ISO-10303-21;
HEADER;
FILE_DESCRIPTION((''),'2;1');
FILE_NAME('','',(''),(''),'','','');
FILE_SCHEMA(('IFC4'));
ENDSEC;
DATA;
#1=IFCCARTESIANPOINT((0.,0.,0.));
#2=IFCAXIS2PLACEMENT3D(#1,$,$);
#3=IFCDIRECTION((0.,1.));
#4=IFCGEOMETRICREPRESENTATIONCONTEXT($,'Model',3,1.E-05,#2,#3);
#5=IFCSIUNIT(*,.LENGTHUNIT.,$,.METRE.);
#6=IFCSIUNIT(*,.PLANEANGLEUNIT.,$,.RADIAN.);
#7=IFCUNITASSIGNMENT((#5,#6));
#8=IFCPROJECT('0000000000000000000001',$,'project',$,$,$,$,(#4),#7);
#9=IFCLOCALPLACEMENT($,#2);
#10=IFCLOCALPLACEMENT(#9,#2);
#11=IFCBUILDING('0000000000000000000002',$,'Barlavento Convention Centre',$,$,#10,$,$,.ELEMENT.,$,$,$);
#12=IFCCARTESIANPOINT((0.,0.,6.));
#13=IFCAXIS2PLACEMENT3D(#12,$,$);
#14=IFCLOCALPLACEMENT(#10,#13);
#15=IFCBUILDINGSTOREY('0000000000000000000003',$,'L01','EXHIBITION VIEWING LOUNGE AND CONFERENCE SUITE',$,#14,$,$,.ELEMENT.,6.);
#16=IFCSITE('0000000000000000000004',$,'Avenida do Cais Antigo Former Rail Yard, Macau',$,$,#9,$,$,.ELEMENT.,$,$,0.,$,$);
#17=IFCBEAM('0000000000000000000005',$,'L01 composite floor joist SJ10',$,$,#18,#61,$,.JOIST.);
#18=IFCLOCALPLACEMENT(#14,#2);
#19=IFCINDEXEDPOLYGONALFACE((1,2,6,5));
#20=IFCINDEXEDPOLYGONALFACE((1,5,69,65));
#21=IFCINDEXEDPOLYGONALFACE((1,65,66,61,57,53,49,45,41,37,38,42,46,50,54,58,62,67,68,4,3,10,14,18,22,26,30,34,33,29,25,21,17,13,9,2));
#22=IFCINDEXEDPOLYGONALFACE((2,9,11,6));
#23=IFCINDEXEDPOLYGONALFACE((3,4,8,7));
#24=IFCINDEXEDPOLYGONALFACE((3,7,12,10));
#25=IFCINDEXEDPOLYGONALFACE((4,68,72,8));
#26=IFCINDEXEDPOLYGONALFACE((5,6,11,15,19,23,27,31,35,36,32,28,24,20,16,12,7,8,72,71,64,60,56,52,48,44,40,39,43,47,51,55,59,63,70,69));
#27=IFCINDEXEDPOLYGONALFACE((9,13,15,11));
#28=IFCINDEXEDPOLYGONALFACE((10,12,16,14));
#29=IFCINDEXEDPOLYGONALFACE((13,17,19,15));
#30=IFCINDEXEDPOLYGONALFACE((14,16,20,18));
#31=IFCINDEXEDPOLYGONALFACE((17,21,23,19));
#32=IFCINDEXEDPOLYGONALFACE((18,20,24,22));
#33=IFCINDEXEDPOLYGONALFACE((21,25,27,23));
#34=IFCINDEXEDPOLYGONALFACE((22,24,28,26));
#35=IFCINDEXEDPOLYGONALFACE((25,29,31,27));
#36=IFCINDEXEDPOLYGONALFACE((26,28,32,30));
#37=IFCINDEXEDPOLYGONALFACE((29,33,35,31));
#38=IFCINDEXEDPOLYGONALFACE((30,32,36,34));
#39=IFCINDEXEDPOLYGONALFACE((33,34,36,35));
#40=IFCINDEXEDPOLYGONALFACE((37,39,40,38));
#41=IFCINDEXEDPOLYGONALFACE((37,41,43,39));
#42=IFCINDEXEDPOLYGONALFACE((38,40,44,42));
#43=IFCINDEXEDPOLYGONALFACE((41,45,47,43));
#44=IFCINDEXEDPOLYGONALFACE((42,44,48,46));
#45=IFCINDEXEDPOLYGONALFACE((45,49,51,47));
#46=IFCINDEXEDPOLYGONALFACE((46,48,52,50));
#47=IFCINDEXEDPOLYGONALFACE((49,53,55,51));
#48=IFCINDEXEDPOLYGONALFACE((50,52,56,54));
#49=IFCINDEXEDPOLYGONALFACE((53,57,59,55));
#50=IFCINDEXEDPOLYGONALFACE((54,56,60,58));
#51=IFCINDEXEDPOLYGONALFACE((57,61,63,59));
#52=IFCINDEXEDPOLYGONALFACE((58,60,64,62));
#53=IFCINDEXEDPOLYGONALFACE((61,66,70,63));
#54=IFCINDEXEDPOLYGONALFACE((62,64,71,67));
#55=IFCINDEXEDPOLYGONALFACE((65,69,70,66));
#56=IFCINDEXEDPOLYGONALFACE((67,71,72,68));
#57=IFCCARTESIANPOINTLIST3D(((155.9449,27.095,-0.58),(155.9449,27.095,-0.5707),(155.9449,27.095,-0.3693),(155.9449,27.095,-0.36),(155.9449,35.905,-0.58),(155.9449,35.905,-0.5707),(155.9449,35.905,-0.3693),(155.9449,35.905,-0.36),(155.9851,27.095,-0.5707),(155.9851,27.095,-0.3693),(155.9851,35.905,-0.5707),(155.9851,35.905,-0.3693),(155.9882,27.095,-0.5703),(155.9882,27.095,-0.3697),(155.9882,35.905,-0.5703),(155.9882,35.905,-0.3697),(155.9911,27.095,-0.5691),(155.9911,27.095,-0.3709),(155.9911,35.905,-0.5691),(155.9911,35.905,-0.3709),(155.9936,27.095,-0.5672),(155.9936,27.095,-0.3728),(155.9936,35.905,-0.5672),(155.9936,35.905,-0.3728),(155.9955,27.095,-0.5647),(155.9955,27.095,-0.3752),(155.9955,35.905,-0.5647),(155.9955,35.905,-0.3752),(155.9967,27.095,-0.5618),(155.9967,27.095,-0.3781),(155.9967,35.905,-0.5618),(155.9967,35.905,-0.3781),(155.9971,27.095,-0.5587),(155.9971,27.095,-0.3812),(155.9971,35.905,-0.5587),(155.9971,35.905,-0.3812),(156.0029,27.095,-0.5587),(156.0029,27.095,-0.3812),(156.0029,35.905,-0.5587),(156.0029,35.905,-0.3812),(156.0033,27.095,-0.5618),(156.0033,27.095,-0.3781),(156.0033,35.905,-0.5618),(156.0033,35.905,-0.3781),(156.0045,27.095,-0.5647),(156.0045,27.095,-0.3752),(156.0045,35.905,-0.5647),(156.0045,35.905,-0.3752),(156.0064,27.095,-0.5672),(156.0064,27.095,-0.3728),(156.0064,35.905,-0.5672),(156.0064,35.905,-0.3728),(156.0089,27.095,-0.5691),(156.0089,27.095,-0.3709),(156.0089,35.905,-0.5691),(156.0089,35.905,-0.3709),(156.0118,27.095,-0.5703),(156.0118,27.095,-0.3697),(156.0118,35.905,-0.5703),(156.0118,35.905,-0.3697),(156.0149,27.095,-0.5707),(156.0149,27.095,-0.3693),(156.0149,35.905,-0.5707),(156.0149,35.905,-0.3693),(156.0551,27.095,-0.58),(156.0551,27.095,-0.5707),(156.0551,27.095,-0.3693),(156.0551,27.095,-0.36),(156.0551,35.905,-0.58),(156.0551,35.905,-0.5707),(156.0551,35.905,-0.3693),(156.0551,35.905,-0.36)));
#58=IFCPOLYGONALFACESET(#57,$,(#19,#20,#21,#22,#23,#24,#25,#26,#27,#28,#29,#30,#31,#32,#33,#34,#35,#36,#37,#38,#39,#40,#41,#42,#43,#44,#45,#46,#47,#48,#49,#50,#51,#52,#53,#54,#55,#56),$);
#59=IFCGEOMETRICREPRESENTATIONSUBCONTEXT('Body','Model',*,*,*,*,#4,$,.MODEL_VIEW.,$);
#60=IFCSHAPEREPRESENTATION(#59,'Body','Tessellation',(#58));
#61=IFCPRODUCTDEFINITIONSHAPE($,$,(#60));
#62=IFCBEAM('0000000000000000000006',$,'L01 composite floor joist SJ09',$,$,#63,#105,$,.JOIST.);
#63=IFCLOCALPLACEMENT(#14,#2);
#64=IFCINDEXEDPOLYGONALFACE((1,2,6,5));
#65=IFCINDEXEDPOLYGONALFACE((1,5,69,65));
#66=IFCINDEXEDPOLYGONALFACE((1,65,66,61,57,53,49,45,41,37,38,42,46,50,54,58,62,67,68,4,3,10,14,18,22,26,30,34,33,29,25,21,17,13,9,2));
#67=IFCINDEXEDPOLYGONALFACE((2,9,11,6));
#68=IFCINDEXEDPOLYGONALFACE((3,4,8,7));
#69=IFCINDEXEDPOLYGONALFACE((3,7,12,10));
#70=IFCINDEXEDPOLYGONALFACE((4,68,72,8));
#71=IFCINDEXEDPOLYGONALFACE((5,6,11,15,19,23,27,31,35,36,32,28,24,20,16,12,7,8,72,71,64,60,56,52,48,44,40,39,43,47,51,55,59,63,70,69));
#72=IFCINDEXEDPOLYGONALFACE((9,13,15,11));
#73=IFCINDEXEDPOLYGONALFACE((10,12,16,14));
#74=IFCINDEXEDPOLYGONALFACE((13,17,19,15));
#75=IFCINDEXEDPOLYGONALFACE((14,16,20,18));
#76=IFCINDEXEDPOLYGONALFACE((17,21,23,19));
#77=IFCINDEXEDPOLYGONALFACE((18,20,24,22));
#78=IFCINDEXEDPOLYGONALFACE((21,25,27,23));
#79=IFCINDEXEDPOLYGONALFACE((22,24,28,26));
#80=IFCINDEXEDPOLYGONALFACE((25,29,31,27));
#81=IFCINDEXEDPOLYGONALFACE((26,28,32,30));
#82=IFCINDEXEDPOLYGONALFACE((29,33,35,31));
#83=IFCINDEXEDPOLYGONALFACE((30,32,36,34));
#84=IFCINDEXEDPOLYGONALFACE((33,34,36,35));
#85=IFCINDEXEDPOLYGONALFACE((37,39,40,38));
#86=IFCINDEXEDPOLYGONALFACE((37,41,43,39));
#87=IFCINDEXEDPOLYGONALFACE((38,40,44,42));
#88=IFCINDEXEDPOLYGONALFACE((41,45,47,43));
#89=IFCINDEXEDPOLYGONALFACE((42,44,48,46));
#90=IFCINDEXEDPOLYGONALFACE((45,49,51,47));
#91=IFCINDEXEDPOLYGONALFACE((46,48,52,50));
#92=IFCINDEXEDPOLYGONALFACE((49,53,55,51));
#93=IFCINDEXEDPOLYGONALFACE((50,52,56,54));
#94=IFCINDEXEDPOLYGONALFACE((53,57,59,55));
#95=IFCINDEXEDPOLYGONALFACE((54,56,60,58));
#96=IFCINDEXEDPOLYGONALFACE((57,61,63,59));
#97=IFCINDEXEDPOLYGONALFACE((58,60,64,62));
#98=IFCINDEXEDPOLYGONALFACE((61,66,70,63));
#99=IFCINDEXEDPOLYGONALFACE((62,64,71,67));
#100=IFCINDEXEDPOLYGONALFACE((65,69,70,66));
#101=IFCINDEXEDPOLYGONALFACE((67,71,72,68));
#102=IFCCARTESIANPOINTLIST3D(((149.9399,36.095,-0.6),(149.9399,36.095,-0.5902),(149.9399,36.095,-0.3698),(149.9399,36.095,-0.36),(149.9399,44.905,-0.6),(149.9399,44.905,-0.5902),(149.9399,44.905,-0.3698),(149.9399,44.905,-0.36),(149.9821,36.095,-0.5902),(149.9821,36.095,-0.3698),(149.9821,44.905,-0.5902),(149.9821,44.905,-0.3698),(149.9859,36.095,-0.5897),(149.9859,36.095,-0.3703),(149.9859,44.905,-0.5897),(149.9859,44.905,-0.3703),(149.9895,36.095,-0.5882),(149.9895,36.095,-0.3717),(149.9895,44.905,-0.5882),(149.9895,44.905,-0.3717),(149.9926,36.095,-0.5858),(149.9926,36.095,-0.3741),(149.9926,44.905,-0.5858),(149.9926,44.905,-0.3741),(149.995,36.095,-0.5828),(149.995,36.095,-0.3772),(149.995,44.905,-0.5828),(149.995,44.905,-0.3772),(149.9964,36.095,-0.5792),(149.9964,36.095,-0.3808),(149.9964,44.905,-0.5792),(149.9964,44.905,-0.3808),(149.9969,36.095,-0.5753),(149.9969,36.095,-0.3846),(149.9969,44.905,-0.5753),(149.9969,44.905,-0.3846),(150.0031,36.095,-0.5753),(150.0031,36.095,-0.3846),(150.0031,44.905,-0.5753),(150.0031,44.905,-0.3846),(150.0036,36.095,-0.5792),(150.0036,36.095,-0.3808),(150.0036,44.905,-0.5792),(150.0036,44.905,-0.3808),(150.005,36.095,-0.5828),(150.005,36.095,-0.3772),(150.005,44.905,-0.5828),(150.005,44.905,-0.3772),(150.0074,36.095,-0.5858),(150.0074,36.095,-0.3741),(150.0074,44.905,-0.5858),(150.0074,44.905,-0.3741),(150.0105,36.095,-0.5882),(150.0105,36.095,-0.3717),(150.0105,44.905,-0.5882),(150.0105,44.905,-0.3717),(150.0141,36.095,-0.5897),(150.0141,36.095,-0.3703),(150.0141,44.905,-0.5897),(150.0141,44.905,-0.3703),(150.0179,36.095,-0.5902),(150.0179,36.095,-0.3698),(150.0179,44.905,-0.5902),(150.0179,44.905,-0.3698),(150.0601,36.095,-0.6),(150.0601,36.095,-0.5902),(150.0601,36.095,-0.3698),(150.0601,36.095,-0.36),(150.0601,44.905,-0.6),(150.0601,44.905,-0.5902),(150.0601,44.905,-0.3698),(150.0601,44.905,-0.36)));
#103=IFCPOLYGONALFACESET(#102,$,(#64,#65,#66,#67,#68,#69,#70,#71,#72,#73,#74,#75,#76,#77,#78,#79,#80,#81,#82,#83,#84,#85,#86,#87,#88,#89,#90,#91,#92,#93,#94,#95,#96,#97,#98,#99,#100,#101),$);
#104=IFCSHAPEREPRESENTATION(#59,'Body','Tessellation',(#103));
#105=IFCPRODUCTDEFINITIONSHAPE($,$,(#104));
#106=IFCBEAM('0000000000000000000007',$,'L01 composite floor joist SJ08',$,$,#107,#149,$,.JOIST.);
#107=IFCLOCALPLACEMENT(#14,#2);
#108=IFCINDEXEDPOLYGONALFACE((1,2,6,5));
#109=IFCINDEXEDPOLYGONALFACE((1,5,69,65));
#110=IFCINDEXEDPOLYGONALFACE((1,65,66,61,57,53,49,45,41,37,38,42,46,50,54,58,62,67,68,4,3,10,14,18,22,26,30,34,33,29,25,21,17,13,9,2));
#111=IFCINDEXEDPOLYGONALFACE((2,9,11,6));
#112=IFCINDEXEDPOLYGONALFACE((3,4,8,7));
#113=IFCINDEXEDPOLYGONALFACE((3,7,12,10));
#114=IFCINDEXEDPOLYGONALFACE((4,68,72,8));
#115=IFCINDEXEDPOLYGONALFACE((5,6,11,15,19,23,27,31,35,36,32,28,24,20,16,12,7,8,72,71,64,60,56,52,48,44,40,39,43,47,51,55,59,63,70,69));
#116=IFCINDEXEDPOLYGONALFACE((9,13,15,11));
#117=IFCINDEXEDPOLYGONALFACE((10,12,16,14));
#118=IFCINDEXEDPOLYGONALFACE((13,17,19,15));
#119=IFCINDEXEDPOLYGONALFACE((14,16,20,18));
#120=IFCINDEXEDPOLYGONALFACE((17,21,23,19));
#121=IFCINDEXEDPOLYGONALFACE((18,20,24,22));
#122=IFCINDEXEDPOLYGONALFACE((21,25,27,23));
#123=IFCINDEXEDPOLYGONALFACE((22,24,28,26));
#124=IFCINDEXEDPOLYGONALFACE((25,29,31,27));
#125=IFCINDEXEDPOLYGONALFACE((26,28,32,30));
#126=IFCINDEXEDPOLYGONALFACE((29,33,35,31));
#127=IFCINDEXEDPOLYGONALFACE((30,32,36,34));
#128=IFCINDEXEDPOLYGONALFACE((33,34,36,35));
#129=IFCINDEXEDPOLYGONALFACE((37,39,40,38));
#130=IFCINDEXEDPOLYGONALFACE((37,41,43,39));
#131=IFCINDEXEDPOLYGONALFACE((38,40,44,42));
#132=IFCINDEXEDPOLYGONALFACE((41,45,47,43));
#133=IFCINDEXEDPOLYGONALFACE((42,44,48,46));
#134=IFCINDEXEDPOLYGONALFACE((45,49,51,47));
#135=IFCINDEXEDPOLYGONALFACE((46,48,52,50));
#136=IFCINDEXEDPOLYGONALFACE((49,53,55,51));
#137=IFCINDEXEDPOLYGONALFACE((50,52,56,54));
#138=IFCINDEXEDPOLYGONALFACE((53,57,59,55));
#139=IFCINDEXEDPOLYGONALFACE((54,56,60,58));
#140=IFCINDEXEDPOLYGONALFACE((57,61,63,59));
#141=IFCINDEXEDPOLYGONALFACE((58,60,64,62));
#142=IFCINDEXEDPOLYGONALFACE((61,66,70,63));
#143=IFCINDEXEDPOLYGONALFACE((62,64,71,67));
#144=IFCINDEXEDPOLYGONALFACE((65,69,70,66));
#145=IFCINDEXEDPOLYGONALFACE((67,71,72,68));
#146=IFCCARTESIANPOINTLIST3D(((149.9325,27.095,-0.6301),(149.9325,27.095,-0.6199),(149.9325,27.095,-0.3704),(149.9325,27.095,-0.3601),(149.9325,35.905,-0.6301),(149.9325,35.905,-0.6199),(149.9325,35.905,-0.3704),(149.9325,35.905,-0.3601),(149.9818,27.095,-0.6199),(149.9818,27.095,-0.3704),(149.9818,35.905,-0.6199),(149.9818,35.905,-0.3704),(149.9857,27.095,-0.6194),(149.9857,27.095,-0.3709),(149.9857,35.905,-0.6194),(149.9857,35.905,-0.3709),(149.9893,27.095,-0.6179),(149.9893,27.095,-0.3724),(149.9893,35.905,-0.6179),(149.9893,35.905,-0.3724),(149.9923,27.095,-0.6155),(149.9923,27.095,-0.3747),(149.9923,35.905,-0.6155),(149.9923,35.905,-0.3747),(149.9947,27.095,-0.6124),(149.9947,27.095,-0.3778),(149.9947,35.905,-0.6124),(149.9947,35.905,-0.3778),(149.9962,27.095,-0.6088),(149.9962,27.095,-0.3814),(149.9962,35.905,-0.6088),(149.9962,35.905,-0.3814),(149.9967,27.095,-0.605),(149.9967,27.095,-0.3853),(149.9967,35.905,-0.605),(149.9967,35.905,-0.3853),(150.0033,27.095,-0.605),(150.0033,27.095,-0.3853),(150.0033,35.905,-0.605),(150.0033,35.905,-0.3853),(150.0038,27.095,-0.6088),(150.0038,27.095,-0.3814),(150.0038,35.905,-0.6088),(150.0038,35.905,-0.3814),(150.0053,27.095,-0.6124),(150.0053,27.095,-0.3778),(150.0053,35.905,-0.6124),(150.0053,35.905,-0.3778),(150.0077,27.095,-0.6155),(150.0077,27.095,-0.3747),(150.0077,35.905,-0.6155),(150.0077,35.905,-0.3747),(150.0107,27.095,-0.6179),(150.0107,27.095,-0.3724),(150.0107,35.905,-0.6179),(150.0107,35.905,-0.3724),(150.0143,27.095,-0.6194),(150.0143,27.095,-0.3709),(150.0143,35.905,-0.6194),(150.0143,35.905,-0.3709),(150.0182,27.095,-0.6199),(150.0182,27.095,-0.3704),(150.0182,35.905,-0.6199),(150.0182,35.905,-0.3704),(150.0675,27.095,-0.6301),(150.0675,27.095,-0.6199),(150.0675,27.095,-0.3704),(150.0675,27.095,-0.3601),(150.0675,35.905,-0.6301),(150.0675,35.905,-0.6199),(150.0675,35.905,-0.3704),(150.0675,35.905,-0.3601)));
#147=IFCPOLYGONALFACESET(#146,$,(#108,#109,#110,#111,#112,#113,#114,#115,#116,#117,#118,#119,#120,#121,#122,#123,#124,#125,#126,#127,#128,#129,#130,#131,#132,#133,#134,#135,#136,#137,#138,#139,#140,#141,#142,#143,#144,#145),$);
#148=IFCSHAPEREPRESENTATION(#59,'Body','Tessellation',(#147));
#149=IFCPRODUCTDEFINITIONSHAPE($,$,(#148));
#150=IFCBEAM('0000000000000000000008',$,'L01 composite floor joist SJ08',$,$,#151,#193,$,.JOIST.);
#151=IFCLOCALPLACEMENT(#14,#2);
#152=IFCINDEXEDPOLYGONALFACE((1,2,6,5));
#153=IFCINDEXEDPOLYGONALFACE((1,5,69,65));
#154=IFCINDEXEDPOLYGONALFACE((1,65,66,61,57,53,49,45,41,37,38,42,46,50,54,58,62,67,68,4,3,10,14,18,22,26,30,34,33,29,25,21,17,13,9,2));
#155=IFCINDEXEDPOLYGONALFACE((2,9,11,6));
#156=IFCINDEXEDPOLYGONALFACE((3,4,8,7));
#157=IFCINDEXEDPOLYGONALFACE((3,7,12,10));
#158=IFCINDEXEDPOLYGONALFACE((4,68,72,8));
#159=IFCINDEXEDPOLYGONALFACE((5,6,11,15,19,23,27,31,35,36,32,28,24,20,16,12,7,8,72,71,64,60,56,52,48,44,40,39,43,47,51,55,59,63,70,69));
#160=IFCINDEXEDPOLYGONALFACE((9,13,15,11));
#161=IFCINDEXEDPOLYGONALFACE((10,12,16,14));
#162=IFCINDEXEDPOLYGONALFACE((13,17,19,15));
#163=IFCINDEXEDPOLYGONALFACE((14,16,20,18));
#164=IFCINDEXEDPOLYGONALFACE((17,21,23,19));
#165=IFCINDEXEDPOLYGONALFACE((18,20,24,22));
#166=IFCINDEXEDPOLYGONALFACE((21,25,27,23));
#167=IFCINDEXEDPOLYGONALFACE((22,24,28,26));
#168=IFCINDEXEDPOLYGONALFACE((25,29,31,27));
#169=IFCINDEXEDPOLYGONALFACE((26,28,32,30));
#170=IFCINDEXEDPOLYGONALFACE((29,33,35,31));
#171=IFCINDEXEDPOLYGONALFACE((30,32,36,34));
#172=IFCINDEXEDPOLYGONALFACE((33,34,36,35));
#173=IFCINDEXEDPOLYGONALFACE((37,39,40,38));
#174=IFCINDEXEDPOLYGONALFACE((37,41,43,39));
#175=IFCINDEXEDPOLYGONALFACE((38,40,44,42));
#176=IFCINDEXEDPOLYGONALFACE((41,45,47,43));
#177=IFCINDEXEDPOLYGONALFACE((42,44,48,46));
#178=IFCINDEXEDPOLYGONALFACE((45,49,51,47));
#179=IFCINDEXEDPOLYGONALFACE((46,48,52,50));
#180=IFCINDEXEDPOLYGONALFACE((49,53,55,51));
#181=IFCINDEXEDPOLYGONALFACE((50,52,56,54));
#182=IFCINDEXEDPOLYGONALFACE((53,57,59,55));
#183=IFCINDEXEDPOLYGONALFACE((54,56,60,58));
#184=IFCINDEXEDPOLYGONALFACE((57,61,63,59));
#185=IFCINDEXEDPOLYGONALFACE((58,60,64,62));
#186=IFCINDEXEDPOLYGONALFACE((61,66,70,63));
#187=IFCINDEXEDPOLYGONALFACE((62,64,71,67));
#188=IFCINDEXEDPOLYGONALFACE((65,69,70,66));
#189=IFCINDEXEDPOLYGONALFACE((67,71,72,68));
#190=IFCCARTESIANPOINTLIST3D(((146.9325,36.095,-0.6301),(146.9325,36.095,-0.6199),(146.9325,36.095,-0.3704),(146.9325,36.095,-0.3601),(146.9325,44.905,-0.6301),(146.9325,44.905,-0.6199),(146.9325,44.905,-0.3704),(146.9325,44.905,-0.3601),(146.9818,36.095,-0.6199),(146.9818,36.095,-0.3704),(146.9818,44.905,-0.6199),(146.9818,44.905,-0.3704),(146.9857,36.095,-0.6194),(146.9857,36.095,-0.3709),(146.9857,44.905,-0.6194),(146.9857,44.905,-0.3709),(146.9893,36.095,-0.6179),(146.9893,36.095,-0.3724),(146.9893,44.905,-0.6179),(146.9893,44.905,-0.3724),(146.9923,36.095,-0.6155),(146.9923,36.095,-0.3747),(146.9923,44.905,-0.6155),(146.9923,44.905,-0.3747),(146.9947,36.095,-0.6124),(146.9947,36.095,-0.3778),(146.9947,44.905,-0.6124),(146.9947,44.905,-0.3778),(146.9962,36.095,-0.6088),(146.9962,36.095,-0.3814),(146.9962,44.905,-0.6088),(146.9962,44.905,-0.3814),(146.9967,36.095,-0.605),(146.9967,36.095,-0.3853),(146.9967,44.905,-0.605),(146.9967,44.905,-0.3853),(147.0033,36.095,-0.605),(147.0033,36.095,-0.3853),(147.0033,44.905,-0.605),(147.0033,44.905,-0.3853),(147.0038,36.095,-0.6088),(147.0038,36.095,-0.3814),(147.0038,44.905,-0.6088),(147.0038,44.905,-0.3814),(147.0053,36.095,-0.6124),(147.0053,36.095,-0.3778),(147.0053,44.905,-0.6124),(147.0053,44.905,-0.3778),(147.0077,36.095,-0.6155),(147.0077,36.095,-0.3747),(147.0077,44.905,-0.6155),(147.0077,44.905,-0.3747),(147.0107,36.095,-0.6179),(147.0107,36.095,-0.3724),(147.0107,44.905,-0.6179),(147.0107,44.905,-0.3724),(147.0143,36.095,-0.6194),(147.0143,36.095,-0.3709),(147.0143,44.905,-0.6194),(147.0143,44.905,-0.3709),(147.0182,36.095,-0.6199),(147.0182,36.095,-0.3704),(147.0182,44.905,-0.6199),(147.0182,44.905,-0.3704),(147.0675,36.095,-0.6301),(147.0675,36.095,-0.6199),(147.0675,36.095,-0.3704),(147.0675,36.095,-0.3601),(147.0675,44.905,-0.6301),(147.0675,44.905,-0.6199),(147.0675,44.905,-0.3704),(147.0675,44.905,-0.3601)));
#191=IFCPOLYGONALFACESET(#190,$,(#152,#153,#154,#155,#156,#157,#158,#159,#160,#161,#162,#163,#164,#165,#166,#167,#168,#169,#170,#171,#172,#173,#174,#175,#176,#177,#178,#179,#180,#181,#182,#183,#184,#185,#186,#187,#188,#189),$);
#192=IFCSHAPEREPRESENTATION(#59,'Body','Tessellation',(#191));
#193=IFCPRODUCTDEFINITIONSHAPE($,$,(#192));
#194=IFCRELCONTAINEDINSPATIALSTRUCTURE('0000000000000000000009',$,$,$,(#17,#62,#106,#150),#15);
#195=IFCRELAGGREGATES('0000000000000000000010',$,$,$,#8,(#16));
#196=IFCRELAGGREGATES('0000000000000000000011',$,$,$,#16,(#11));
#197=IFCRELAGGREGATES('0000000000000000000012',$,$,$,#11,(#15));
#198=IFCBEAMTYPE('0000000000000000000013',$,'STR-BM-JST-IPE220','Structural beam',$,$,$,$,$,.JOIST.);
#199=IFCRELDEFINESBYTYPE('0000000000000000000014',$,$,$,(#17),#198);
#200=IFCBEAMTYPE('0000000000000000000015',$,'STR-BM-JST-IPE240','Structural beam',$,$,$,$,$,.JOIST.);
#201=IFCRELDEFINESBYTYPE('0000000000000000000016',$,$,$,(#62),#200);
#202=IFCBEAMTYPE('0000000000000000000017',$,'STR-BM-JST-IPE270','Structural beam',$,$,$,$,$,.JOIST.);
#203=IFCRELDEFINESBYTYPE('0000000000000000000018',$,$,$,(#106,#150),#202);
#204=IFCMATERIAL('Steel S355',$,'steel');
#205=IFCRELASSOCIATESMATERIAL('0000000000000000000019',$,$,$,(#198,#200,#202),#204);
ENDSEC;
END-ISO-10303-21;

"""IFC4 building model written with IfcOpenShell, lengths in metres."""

from ifc_helpers import new_model, si_unit, direction, frame, origin, origin_2d, place, context, subcontext, project, spatial, i_section, extrude, material, material_profile, profile_set, type_object, element, save


model = new_model("IFC4")

# Units and contexts
model_context = context("Model", 3, precision=1e-05, world=origin(), true_north=direction((0.0, 1.0)))
body_context = subcontext(model_context, "Body", "Model", "MODEL_VIEW")
ifc_project = project(units=[si_unit("LENGTHUNIT", "METRE"), si_unit("PLANEANGLEUNIT", "RADIAN")], contexts=[model_context])

# Site, building, storey
site_placement = place(None, origin())
site = spatial("IfcSite", under=ifc_project, at=site_placement, Name="Avenida do Cais Antigo Former Rail Yard, Macau", CompositionType="ELEMENT", RefElevation=0.0)
building_placement = place(site_placement, origin())
building = spatial("IfcBuilding", under=site, at=building_placement, Name="Barlavento Convention Centre", CompositionType="ELEMENT")
storey_placement = place(building_placement, frame((0.0, 0.0, 6.0)))
storey = spatial("IfcBuildingStorey", under=building, at=storey_placement, Name="L01", Description="EXHIBITION VIEWING LOUNGE AND CONFERENCE SUITE", CompositionType="ELEMENT", Elevation=6.0)

# Shared definitions
ifc_material_1 = material(Name="Steel S355", Category="steel")

# Beams
ifc_material_profile_1 = material_profile(ifc_material_1, i_section(OverallWidth=0.1101, OverallDepth=0.22, WebThickness=0.0059, FlangeThickness=0.0093, FilletRadius=0.012, at=origin_2d()), Name="IPE 220")
ifc_profile_set_1 = profile_set([ifc_material_profile_1], Name="Steel S355")
beam_type_1 = type_object("IfcBeamType", Name="STR-BM-JST-IPE220", Description="Structural beam", PredefinedType="JOIST", material=ifc_profile_set_1)
beam_1_placement = place(storey_placement, frame((156.0, 27.095, -0.47), z_axis=(0.0, 1.0, 0.0), x_axis=(-1.0, 0.0, 0.0)))
element("IfcBeam", 1, at=beam_1_placement, inside=storey, type_object=beam_type_1, Name="L01 composite floor joist SJ10", PredefinedType="JOIST", context=body_context, shape_type="SweptSolid", body=[
    extrude(i_section(OverallWidth=0.1101, OverallDepth=0.22, WebThickness=0.0059, FlangeThickness=0.0093, FilletRadius=0.012, at=origin_2d()), origin(), (0.0, 0.0, 1.0), 8.8101),
])
ifc_material_profile_2 = material_profile(ifc_material_1, i_section(OverallWidth=0.1201, OverallDepth=0.24, WebThickness=0.0061, FlangeThickness=0.0098, FilletRadius=0.0149, at=origin_2d()), Name="IPE 240")
ifc_profile_set_2 = profile_set([ifc_material_profile_2], Name="Steel S355")
beam_type_2 = type_object("IfcBeamType", Name="STR-BM-JST-IPE240", Description="Structural beam", PredefinedType="JOIST", material=ifc_profile_set_2)
beam_2_placement = place(storey_placement, frame((150.0, 36.095, -0.48), z_axis=(0.0, 1.0, 0.0), x_axis=(-1.0, 0.0, 0.0)))
element("IfcBeam", 2, at=beam_2_placement, inside=storey, type_object=beam_type_2, Name="L01 composite floor joist SJ09", PredefinedType="JOIST", context=body_context, shape_type="SweptSolid", body=[
    extrude(i_section(OverallWidth=0.1201, OverallDepth=0.24, WebThickness=0.0061, FlangeThickness=0.0098, FilletRadius=0.0149, at=origin_2d()), origin(), (0.0, 0.0, 1.0), 8.8101),
])
ifc_material_profile_3 = material_profile(ifc_material_1, i_section(OverallWidth=0.135, OverallDepth=0.27, WebThickness=0.0066, FlangeThickness=0.0103, FilletRadius=0.0149, at=origin_2d()), Name="IPE 270")
ifc_profile_set_3 = profile_set([ifc_material_profile_3], Name="Steel S355")
beam_type_3 = type_object("IfcBeamType", Name="STR-BM-JST-IPE270", Description="Structural beam", PredefinedType="JOIST", material=ifc_profile_set_3)
for number, where, z_axis, x_axis, name in (
    (3, (150.0, 27.095, -0.4951), (0.0, 1.0, 0.0), (-1.0, 0.0, 0.0), "L01 composite floor joist SJ08"),
    (4, (147.0, 36.095, -0.4951), (0.0, 1.0, 0.0), (-1.0, 0.0, 0.0), "L01 composite floor joist SJ08"),
):
    element("IfcBeam", number, at=place(storey_placement, frame(where, z_axis=z_axis, x_axis=x_axis)), inside=storey, type_object=beam_type_3, Name=name, PredefinedType="JOIST", context=body_context, shape_type="SweptSolid", body=[
        extrude(i_section(OverallWidth=0.135, OverallDepth=0.27, WebThickness=0.0066, FlangeThickness=0.0103, FilletRadius=0.0149, at=origin_2d()), origin(), (0.0, 0.0, 1.0), 8.8101),
    ])

save(model, "model.ifc")
